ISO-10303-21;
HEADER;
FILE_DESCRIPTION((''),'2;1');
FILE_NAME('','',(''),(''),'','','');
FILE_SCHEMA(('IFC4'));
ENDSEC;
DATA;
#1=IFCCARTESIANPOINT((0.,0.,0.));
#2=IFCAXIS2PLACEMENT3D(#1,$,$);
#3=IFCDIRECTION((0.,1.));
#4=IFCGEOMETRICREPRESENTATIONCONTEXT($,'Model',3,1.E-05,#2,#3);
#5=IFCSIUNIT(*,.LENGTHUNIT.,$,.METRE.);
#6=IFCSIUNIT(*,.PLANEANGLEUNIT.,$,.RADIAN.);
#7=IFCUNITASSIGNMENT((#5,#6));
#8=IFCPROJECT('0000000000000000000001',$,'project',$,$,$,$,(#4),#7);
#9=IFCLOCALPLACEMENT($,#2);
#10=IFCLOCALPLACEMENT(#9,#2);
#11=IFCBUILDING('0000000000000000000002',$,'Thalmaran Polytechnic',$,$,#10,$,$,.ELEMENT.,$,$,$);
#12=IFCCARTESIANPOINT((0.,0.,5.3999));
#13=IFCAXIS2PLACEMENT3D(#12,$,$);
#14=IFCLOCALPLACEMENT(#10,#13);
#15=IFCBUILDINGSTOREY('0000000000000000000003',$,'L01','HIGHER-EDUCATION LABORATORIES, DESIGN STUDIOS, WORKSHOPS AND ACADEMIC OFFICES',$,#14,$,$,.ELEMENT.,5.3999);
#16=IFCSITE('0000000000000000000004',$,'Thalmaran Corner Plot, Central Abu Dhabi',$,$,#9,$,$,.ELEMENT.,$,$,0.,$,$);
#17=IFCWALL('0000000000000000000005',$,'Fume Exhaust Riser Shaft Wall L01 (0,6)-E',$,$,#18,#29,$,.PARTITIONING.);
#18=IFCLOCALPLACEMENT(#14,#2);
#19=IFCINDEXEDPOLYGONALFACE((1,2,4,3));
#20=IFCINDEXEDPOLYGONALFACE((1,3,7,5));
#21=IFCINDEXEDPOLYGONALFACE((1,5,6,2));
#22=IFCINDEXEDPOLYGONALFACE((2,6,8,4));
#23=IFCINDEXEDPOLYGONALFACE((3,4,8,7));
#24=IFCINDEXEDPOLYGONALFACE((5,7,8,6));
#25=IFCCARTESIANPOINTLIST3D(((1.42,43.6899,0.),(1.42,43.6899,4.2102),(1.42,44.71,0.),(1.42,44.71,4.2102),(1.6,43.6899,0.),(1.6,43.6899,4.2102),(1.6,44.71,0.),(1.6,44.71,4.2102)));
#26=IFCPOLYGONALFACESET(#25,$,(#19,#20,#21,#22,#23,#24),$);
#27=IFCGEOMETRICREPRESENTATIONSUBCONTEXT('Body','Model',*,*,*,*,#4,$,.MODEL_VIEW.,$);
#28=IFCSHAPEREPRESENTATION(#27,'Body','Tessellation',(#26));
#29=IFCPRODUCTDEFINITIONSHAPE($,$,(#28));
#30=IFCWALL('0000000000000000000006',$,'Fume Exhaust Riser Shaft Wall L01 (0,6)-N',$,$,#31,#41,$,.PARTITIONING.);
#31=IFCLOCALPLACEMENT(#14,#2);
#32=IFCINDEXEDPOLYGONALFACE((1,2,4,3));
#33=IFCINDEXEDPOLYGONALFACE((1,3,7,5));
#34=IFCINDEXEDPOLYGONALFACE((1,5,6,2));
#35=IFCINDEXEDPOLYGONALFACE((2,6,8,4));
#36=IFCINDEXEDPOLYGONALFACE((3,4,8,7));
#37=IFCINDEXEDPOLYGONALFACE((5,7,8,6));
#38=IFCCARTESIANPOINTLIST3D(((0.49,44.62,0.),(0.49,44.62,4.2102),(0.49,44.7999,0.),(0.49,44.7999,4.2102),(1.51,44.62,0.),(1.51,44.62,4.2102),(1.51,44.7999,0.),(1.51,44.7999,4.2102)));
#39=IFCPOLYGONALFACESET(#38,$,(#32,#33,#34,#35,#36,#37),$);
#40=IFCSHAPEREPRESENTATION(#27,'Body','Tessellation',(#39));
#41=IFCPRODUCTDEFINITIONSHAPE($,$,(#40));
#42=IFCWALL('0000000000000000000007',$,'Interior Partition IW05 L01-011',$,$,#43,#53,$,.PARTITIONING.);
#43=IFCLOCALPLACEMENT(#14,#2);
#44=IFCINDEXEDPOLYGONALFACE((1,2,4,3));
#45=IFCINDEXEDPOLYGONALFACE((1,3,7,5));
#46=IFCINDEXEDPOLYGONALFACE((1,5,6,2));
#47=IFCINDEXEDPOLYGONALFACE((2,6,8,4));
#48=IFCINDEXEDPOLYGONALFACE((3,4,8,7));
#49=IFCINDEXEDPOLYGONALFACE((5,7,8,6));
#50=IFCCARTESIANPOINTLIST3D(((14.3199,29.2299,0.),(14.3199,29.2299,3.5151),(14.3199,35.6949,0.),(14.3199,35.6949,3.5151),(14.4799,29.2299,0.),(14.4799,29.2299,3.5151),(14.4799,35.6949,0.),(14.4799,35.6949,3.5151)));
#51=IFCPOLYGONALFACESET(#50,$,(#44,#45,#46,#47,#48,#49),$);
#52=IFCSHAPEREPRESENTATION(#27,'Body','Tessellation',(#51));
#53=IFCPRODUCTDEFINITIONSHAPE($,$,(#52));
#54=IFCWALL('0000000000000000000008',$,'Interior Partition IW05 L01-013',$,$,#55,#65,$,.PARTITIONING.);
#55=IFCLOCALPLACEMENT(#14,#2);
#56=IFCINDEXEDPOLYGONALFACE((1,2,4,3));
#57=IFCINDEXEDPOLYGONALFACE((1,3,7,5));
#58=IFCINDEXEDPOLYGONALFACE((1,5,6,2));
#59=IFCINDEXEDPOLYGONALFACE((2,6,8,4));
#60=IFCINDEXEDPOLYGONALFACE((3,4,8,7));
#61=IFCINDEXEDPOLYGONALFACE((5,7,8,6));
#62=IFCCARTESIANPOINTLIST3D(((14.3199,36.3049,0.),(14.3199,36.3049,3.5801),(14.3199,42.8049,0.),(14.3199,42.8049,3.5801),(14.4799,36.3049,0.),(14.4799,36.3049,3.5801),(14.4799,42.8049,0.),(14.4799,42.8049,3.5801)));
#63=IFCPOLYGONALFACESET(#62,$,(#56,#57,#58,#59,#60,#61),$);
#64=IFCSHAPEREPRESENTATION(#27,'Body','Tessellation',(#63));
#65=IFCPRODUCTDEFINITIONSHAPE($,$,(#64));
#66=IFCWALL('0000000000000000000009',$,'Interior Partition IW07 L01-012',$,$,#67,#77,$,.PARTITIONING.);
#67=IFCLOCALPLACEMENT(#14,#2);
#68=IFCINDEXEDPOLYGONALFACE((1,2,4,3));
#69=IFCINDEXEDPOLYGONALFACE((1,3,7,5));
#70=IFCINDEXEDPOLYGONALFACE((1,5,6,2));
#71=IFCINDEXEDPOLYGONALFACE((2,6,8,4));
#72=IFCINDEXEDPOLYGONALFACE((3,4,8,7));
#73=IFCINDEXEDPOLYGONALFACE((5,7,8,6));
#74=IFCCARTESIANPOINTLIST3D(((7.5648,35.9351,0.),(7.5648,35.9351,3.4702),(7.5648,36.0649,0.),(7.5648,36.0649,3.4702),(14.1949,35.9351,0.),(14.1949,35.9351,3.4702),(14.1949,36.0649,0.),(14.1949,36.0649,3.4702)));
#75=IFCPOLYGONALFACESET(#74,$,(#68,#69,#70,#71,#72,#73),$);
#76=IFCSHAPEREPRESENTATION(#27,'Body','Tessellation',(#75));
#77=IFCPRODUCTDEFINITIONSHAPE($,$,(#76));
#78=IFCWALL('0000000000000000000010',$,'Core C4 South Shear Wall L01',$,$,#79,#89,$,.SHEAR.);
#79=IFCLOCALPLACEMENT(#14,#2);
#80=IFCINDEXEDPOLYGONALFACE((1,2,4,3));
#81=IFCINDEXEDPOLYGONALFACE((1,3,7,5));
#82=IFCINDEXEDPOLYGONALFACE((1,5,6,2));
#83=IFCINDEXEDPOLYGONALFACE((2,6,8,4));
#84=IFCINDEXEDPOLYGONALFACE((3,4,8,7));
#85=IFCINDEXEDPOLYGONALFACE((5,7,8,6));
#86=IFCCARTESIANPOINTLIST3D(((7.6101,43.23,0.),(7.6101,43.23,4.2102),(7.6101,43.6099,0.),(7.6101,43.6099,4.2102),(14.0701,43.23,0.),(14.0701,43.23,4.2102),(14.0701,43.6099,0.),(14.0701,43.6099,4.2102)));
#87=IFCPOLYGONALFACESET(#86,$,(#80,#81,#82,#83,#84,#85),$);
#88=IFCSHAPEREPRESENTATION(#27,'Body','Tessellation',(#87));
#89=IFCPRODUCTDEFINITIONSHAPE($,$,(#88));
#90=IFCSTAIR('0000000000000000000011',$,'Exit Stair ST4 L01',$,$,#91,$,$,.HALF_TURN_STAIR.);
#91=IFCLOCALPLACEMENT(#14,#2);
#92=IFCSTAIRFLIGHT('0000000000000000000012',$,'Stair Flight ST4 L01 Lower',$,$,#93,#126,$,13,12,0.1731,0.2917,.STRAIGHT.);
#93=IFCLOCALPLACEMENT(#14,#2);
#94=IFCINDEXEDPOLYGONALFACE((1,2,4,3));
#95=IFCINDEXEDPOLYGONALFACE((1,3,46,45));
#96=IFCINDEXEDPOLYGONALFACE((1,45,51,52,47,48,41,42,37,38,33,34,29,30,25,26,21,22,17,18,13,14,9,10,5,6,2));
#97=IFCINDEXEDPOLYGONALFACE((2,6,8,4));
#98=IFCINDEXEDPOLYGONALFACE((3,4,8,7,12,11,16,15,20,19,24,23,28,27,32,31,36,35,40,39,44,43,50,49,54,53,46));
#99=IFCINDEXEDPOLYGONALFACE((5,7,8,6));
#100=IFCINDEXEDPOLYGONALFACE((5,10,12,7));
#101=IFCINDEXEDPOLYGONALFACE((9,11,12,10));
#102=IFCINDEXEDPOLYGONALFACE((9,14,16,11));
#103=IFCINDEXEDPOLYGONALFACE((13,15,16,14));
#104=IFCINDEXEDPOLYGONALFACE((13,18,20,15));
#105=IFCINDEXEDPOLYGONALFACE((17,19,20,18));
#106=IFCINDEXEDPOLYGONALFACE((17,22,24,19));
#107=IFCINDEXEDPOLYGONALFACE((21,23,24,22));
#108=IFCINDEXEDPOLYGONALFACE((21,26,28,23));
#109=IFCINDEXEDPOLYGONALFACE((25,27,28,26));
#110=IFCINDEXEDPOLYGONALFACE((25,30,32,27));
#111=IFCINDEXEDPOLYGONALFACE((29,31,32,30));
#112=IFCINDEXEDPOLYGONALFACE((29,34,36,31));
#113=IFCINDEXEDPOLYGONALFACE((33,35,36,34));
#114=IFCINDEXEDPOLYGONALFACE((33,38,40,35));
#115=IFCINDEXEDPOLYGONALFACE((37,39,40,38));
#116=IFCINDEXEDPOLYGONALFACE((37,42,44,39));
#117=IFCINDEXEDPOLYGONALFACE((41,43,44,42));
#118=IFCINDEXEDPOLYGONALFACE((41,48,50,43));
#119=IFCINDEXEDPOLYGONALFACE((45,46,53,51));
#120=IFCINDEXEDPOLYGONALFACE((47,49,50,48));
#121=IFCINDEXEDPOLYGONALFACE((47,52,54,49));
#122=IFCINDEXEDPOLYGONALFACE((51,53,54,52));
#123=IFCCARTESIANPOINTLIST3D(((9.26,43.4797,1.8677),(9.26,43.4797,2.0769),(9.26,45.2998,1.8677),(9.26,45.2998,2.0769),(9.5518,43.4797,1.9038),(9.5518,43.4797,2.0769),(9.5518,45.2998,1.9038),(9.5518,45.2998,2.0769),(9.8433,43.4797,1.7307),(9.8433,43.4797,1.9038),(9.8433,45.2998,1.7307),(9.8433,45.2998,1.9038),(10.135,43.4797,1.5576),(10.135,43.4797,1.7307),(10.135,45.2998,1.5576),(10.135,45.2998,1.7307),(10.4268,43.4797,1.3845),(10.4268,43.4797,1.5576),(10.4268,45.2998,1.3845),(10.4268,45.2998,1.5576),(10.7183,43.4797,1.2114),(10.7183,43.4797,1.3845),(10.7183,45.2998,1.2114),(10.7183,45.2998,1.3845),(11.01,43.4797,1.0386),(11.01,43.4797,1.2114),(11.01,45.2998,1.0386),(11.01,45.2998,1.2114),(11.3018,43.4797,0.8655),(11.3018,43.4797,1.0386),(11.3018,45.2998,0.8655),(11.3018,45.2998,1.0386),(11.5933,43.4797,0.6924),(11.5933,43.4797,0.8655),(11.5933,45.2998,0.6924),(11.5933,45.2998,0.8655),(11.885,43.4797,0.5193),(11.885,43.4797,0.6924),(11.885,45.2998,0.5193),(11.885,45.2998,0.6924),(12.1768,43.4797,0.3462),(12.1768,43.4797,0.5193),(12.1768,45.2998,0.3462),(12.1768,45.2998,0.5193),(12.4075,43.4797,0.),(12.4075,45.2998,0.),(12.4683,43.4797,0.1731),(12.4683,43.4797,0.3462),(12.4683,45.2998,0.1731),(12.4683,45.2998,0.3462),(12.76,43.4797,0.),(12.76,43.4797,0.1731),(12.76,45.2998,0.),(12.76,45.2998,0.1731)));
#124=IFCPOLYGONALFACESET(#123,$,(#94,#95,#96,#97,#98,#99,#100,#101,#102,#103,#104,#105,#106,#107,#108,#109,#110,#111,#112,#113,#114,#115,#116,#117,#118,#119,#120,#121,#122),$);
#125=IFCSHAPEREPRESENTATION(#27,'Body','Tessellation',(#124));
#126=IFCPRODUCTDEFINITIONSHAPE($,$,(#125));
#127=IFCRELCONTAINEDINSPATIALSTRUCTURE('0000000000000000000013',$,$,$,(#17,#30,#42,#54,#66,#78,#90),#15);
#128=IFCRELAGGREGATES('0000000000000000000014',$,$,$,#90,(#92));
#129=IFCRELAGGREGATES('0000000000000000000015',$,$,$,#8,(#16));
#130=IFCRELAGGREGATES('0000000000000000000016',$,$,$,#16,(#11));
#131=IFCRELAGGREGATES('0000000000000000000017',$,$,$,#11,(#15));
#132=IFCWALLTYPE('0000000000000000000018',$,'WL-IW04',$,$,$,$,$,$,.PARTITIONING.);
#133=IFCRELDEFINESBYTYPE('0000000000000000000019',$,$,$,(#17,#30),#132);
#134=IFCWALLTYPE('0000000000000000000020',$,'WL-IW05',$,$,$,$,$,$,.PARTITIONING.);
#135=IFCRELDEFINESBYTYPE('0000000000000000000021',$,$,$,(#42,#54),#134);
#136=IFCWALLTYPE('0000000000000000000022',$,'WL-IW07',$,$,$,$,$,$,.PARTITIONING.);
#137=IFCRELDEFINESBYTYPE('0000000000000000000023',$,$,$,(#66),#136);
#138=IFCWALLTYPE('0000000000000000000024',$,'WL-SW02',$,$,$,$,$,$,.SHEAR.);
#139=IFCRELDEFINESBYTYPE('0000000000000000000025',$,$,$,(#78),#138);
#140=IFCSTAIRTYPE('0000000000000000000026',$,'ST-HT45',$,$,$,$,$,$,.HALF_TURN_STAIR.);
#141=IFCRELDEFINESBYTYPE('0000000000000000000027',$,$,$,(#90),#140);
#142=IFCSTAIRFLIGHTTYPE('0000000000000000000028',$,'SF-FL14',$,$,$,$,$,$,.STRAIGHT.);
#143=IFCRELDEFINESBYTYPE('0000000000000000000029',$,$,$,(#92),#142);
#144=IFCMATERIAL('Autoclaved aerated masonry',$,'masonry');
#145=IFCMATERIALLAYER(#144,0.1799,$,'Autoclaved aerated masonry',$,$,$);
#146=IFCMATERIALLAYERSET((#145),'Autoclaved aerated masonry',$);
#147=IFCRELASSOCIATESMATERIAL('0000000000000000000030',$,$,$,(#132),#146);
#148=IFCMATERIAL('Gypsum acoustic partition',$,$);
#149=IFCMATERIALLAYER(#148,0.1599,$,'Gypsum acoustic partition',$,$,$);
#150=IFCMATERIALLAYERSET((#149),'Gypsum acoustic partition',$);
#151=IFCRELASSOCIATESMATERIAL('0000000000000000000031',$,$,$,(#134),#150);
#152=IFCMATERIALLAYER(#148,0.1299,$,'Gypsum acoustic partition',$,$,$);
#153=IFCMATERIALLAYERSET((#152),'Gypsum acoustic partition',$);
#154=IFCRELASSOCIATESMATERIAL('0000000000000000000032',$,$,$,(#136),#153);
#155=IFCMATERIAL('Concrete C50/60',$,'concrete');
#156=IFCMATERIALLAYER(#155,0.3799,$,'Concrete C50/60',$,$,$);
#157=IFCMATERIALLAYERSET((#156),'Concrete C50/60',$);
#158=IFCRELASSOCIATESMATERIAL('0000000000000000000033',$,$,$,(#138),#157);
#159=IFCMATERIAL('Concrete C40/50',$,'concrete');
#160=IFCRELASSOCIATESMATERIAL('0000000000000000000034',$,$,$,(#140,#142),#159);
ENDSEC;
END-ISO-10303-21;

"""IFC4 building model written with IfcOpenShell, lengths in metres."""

from ifc_helpers import new_model, si_unit, direction, frame, frame_2d, origin, place, context, subcontext, project, spatial, polyline, rectangle, outline, extrude, material, layer, layer_set, type_object, element, aggregate, save


model = new_model("IFC4")

# Units and contexts
model_context = context("Model", 3, precision=1e-05, world=origin(), true_north=direction((0.0, 1.0)))
body_context = subcontext(model_context, "Body", "Model", "MODEL_VIEW")
ifc_project = project(units=[si_unit("LENGTHUNIT", "METRE"), si_unit("PLANEANGLEUNIT", "RADIAN")], contexts=[model_context])

# Site, building, storey
site_placement = place(None, origin())
site = spatial("IfcSite", under=ifc_project, at=site_placement, Name="Thalmaran Corner Plot, Central Abu Dhabi", CompositionType="ELEMENT", RefElevation=0.0)
building_placement = place(site_placement, origin())
building = spatial("IfcBuilding", under=site, at=building_placement, Name="Thalmaran Polytechnic", CompositionType="ELEMENT")
storey_placement = place(building_placement, frame((0.0, 0.0, 5.3999)))
storey = spatial("IfcBuildingStorey", under=building, at=storey_placement, Name="L01", Description="HIGHER-EDUCATION LABORATORIES, DESIGN STUDIOS, WORKSHOPS AND ACADEMIC OFFICES", CompositionType="ELEMENT", Elevation=5.3999)

# Shared definitions
ifc_material_1 = material(Name="Concrete C50/60", Category="concrete")
ifc_material_2 = material(Name="Concrete C40/50", Category="concrete")

# Walls
ifc_material_3 = material(Name="Autoclaved aerated masonry", Category="masonry")
ifc_layer_1 = layer(ifc_material_3, 0.1799, Name="Autoclaved aerated masonry")
ifc_layer_set_1 = layer_set([ifc_layer_1], Name="Autoclaved aerated masonry")
wall_type_1 = type_object("IfcWallType", Name="WL-IW04", PredefinedType="PARTITIONING", material=ifc_layer_set_1)
for number, where, z_axis, x_axis, name in (
    (1, (1.51, 43.6899, 0.0), (0.0, 0.0, 1.0), (0.0, 1.0, 0.0), "Fume Exhaust Riser Shaft Wall L01 (0,6)-E"),
    (2, (1.51, 44.71, 0.0), (0.0, 0.0, 1.0), (-1.0, 0.0, 0.0), "Fume Exhaust Riser Shaft Wall L01 (0,6)-N"),
):
    element("IfcWall", number, at=place(storey_placement, frame(where, z_axis=z_axis, x_axis=x_axis)), inside=storey, type_object=wall_type_1, Name=name, PredefinedType="PARTITIONING", context=body_context, shape_type="SweptSolid", body=[
        extrude(rectangle(XDim=1.02, YDim=0.1799, at=frame_2d((0.51, 0.0))), origin(), (0.0, 0.0, 1.0), 4.2102),
    ])
ifc_material_4 = material(Name="Gypsum acoustic partition")
ifc_layer_2 = layer(ifc_material_4, 0.1599, Name="Gypsum acoustic partition")
ifc_layer_set_2 = layer_set([ifc_layer_2], Name="Gypsum acoustic partition")
wall_type_2 = type_object("IfcWallType", Name="WL-IW05", PredefinedType="PARTITIONING", material=ifc_layer_set_2)
wall_1_placement = place(storey_placement, frame((14.3999, 29.23, 0.0), z_axis=(0.0, 0.0, 1.0), x_axis=(0.0, 1.0, 0.0)))
element("IfcWall", 3, at=wall_1_placement, inside=storey, type_object=wall_type_2, Name="Interior Partition IW05 L01-011", PredefinedType="PARTITIONING", context=body_context, shape_type="SweptSolid", body=[
    extrude(rectangle(XDim=6.4651, YDim=0.1599, at=frame_2d((3.2324, 0.0))), origin(), (0.0, 0.0, 1.0), 3.5151),
])
wall_2_placement = place(storey_placement, frame((14.3999, 36.3049, 0.0), z_axis=(0.0, 0.0, 1.0), x_axis=(0.0, 1.0, 0.0)))
element("IfcWall", 4, at=wall_2_placement, inside=storey, type_object=wall_type_2, Name="Interior Partition IW05 L01-013", PredefinedType="PARTITIONING", context=body_context, shape_type="SweptSolid", body=[
    extrude(rectangle(XDim=6.5, YDim=0.1599, at=frame_2d((3.25, 0.0))), origin(), (0.0, 0.0, 1.0), 3.5801),
])
ifc_layer_3 = layer(ifc_material_4, 0.1299, Name="Gypsum acoustic partition")
ifc_layer_set_3 = layer_set([ifc_layer_3], Name="Gypsum acoustic partition")
wall_type_3 = type_object("IfcWallType", Name="WL-IW07", PredefinedType="PARTITIONING", material=ifc_layer_set_3)
wall_3_placement = place(storey_placement, frame((7.5649, 36.0, 0.0), z_axis=(0.0, 0.0, 1.0), x_axis=(1.0, 0.0, 0.0)))
element("IfcWall", 5, at=wall_3_placement, inside=storey, type_object=wall_type_3, Name="Interior Partition IW07 L01-012", PredefinedType="PARTITIONING", context=body_context, shape_type="SweptSolid", body=[
    extrude(rectangle(XDim=6.6301, YDim=0.1299, at=frame_2d((3.3149, 0.0))), origin(), (0.0, 0.0, 1.0), 3.4702),
])
ifc_layer_4 = layer(ifc_material_1, 0.3799, Name="Concrete C50/60")
ifc_layer_set_4 = layer_set([ifc_layer_4], Name="Concrete C50/60")
wall_type_4 = type_object("IfcWallType", Name="WL-SW02", PredefinedType="SHEAR", material=ifc_layer_set_4)
wall_4_placement = place(storey_placement, frame((7.6101, 43.4199, 0.0), z_axis=(0.0, 0.0, 1.0), x_axis=(1.0, 0.0, 0.0)))
element("IfcWall", 6, at=wall_4_placement, inside=storey, type_object=wall_type_4, Name="Core C4 South Shear Wall L01", PredefinedType="SHEAR", context=body_context, shape_type="SweptSolid", body=[
    extrude(rectangle(XDim=6.46, YDim=0.3799, at=frame_2d((3.23, 0.0))), origin(), (0.0, 0.0, 1.0), 4.2102),
])

# Stair, stair flight
stair_type = type_object("IfcStairType", Name="ST-HT45", PredefinedType="HALF_TURN_STAIR", material=ifc_material_2)
stair_placement = place(storey_placement, origin())
stair = element("IfcStair", 7, at=stair_placement, inside=storey, type_object=stair_type, Name="Exit Stair ST4 L01", PredefinedType="HALF_TURN_STAIR")
stair_flight_type = type_object("IfcStairFlightType", Name="SF-FL14", PredefinedType="STRAIGHT", material=ifc_material_2)
stair_flight_placement = place(storey_placement, frame((12.76, 44.3899, 0.0), z_axis=(0.0, 0.0, 1.0), x_axis=(-1.0, 0.0, 0.0)))
stair_flight = element("IfcStairFlight", 8, at=stair_flight_placement, type_object=stair_flight_type, Name="Stair Flight ST4 L01 Lower", NumberOfRisers=13, NumberOfTreads=12, PredefinedType="STRAIGHT", RiserHeight=0.1731, TreadLength=0.2917, context=body_context, shape_type="SweptSolid", body=[
    extrude(outline(polyline([(0.0, 0.0), (0.0, 0.1731), (0.2917, 0.1731), (0.2917, 0.3462), (0.5833, 0.3462), (0.5833, 0.5193), (0.875, 0.5193), (0.875, 0.6924), (1.1667, 0.6924), (1.1667, 0.8655), (1.4583, 0.8655), (1.4583, 1.0386), (1.75, 1.0386), (1.75, 1.2114), (2.0417, 1.2114), (2.0417, 1.3845), (2.3333, 1.3845), (2.3333, 1.5576), (2.625, 1.5576), (2.625, 1.7307), (2.9167, 1.7307), (2.9167, 1.9038), (3.2083, 1.9038), (3.2083, 2.0769), (3.5, 2.0769), (3.5, 2.25), (3.5, 1.8677), (0.3525, 0.0), (0.0, 0.0)])), frame((0.0, 0.9102, 0.0), z_axis=(0.0, -1.0, 0.0), x_axis=(1.0, 0.0, 0.0)), (0.0, 0.0, 1.0), 1.8201),
])
aggregate(stair, [stair_flight])

save(model, "model.ifc")
